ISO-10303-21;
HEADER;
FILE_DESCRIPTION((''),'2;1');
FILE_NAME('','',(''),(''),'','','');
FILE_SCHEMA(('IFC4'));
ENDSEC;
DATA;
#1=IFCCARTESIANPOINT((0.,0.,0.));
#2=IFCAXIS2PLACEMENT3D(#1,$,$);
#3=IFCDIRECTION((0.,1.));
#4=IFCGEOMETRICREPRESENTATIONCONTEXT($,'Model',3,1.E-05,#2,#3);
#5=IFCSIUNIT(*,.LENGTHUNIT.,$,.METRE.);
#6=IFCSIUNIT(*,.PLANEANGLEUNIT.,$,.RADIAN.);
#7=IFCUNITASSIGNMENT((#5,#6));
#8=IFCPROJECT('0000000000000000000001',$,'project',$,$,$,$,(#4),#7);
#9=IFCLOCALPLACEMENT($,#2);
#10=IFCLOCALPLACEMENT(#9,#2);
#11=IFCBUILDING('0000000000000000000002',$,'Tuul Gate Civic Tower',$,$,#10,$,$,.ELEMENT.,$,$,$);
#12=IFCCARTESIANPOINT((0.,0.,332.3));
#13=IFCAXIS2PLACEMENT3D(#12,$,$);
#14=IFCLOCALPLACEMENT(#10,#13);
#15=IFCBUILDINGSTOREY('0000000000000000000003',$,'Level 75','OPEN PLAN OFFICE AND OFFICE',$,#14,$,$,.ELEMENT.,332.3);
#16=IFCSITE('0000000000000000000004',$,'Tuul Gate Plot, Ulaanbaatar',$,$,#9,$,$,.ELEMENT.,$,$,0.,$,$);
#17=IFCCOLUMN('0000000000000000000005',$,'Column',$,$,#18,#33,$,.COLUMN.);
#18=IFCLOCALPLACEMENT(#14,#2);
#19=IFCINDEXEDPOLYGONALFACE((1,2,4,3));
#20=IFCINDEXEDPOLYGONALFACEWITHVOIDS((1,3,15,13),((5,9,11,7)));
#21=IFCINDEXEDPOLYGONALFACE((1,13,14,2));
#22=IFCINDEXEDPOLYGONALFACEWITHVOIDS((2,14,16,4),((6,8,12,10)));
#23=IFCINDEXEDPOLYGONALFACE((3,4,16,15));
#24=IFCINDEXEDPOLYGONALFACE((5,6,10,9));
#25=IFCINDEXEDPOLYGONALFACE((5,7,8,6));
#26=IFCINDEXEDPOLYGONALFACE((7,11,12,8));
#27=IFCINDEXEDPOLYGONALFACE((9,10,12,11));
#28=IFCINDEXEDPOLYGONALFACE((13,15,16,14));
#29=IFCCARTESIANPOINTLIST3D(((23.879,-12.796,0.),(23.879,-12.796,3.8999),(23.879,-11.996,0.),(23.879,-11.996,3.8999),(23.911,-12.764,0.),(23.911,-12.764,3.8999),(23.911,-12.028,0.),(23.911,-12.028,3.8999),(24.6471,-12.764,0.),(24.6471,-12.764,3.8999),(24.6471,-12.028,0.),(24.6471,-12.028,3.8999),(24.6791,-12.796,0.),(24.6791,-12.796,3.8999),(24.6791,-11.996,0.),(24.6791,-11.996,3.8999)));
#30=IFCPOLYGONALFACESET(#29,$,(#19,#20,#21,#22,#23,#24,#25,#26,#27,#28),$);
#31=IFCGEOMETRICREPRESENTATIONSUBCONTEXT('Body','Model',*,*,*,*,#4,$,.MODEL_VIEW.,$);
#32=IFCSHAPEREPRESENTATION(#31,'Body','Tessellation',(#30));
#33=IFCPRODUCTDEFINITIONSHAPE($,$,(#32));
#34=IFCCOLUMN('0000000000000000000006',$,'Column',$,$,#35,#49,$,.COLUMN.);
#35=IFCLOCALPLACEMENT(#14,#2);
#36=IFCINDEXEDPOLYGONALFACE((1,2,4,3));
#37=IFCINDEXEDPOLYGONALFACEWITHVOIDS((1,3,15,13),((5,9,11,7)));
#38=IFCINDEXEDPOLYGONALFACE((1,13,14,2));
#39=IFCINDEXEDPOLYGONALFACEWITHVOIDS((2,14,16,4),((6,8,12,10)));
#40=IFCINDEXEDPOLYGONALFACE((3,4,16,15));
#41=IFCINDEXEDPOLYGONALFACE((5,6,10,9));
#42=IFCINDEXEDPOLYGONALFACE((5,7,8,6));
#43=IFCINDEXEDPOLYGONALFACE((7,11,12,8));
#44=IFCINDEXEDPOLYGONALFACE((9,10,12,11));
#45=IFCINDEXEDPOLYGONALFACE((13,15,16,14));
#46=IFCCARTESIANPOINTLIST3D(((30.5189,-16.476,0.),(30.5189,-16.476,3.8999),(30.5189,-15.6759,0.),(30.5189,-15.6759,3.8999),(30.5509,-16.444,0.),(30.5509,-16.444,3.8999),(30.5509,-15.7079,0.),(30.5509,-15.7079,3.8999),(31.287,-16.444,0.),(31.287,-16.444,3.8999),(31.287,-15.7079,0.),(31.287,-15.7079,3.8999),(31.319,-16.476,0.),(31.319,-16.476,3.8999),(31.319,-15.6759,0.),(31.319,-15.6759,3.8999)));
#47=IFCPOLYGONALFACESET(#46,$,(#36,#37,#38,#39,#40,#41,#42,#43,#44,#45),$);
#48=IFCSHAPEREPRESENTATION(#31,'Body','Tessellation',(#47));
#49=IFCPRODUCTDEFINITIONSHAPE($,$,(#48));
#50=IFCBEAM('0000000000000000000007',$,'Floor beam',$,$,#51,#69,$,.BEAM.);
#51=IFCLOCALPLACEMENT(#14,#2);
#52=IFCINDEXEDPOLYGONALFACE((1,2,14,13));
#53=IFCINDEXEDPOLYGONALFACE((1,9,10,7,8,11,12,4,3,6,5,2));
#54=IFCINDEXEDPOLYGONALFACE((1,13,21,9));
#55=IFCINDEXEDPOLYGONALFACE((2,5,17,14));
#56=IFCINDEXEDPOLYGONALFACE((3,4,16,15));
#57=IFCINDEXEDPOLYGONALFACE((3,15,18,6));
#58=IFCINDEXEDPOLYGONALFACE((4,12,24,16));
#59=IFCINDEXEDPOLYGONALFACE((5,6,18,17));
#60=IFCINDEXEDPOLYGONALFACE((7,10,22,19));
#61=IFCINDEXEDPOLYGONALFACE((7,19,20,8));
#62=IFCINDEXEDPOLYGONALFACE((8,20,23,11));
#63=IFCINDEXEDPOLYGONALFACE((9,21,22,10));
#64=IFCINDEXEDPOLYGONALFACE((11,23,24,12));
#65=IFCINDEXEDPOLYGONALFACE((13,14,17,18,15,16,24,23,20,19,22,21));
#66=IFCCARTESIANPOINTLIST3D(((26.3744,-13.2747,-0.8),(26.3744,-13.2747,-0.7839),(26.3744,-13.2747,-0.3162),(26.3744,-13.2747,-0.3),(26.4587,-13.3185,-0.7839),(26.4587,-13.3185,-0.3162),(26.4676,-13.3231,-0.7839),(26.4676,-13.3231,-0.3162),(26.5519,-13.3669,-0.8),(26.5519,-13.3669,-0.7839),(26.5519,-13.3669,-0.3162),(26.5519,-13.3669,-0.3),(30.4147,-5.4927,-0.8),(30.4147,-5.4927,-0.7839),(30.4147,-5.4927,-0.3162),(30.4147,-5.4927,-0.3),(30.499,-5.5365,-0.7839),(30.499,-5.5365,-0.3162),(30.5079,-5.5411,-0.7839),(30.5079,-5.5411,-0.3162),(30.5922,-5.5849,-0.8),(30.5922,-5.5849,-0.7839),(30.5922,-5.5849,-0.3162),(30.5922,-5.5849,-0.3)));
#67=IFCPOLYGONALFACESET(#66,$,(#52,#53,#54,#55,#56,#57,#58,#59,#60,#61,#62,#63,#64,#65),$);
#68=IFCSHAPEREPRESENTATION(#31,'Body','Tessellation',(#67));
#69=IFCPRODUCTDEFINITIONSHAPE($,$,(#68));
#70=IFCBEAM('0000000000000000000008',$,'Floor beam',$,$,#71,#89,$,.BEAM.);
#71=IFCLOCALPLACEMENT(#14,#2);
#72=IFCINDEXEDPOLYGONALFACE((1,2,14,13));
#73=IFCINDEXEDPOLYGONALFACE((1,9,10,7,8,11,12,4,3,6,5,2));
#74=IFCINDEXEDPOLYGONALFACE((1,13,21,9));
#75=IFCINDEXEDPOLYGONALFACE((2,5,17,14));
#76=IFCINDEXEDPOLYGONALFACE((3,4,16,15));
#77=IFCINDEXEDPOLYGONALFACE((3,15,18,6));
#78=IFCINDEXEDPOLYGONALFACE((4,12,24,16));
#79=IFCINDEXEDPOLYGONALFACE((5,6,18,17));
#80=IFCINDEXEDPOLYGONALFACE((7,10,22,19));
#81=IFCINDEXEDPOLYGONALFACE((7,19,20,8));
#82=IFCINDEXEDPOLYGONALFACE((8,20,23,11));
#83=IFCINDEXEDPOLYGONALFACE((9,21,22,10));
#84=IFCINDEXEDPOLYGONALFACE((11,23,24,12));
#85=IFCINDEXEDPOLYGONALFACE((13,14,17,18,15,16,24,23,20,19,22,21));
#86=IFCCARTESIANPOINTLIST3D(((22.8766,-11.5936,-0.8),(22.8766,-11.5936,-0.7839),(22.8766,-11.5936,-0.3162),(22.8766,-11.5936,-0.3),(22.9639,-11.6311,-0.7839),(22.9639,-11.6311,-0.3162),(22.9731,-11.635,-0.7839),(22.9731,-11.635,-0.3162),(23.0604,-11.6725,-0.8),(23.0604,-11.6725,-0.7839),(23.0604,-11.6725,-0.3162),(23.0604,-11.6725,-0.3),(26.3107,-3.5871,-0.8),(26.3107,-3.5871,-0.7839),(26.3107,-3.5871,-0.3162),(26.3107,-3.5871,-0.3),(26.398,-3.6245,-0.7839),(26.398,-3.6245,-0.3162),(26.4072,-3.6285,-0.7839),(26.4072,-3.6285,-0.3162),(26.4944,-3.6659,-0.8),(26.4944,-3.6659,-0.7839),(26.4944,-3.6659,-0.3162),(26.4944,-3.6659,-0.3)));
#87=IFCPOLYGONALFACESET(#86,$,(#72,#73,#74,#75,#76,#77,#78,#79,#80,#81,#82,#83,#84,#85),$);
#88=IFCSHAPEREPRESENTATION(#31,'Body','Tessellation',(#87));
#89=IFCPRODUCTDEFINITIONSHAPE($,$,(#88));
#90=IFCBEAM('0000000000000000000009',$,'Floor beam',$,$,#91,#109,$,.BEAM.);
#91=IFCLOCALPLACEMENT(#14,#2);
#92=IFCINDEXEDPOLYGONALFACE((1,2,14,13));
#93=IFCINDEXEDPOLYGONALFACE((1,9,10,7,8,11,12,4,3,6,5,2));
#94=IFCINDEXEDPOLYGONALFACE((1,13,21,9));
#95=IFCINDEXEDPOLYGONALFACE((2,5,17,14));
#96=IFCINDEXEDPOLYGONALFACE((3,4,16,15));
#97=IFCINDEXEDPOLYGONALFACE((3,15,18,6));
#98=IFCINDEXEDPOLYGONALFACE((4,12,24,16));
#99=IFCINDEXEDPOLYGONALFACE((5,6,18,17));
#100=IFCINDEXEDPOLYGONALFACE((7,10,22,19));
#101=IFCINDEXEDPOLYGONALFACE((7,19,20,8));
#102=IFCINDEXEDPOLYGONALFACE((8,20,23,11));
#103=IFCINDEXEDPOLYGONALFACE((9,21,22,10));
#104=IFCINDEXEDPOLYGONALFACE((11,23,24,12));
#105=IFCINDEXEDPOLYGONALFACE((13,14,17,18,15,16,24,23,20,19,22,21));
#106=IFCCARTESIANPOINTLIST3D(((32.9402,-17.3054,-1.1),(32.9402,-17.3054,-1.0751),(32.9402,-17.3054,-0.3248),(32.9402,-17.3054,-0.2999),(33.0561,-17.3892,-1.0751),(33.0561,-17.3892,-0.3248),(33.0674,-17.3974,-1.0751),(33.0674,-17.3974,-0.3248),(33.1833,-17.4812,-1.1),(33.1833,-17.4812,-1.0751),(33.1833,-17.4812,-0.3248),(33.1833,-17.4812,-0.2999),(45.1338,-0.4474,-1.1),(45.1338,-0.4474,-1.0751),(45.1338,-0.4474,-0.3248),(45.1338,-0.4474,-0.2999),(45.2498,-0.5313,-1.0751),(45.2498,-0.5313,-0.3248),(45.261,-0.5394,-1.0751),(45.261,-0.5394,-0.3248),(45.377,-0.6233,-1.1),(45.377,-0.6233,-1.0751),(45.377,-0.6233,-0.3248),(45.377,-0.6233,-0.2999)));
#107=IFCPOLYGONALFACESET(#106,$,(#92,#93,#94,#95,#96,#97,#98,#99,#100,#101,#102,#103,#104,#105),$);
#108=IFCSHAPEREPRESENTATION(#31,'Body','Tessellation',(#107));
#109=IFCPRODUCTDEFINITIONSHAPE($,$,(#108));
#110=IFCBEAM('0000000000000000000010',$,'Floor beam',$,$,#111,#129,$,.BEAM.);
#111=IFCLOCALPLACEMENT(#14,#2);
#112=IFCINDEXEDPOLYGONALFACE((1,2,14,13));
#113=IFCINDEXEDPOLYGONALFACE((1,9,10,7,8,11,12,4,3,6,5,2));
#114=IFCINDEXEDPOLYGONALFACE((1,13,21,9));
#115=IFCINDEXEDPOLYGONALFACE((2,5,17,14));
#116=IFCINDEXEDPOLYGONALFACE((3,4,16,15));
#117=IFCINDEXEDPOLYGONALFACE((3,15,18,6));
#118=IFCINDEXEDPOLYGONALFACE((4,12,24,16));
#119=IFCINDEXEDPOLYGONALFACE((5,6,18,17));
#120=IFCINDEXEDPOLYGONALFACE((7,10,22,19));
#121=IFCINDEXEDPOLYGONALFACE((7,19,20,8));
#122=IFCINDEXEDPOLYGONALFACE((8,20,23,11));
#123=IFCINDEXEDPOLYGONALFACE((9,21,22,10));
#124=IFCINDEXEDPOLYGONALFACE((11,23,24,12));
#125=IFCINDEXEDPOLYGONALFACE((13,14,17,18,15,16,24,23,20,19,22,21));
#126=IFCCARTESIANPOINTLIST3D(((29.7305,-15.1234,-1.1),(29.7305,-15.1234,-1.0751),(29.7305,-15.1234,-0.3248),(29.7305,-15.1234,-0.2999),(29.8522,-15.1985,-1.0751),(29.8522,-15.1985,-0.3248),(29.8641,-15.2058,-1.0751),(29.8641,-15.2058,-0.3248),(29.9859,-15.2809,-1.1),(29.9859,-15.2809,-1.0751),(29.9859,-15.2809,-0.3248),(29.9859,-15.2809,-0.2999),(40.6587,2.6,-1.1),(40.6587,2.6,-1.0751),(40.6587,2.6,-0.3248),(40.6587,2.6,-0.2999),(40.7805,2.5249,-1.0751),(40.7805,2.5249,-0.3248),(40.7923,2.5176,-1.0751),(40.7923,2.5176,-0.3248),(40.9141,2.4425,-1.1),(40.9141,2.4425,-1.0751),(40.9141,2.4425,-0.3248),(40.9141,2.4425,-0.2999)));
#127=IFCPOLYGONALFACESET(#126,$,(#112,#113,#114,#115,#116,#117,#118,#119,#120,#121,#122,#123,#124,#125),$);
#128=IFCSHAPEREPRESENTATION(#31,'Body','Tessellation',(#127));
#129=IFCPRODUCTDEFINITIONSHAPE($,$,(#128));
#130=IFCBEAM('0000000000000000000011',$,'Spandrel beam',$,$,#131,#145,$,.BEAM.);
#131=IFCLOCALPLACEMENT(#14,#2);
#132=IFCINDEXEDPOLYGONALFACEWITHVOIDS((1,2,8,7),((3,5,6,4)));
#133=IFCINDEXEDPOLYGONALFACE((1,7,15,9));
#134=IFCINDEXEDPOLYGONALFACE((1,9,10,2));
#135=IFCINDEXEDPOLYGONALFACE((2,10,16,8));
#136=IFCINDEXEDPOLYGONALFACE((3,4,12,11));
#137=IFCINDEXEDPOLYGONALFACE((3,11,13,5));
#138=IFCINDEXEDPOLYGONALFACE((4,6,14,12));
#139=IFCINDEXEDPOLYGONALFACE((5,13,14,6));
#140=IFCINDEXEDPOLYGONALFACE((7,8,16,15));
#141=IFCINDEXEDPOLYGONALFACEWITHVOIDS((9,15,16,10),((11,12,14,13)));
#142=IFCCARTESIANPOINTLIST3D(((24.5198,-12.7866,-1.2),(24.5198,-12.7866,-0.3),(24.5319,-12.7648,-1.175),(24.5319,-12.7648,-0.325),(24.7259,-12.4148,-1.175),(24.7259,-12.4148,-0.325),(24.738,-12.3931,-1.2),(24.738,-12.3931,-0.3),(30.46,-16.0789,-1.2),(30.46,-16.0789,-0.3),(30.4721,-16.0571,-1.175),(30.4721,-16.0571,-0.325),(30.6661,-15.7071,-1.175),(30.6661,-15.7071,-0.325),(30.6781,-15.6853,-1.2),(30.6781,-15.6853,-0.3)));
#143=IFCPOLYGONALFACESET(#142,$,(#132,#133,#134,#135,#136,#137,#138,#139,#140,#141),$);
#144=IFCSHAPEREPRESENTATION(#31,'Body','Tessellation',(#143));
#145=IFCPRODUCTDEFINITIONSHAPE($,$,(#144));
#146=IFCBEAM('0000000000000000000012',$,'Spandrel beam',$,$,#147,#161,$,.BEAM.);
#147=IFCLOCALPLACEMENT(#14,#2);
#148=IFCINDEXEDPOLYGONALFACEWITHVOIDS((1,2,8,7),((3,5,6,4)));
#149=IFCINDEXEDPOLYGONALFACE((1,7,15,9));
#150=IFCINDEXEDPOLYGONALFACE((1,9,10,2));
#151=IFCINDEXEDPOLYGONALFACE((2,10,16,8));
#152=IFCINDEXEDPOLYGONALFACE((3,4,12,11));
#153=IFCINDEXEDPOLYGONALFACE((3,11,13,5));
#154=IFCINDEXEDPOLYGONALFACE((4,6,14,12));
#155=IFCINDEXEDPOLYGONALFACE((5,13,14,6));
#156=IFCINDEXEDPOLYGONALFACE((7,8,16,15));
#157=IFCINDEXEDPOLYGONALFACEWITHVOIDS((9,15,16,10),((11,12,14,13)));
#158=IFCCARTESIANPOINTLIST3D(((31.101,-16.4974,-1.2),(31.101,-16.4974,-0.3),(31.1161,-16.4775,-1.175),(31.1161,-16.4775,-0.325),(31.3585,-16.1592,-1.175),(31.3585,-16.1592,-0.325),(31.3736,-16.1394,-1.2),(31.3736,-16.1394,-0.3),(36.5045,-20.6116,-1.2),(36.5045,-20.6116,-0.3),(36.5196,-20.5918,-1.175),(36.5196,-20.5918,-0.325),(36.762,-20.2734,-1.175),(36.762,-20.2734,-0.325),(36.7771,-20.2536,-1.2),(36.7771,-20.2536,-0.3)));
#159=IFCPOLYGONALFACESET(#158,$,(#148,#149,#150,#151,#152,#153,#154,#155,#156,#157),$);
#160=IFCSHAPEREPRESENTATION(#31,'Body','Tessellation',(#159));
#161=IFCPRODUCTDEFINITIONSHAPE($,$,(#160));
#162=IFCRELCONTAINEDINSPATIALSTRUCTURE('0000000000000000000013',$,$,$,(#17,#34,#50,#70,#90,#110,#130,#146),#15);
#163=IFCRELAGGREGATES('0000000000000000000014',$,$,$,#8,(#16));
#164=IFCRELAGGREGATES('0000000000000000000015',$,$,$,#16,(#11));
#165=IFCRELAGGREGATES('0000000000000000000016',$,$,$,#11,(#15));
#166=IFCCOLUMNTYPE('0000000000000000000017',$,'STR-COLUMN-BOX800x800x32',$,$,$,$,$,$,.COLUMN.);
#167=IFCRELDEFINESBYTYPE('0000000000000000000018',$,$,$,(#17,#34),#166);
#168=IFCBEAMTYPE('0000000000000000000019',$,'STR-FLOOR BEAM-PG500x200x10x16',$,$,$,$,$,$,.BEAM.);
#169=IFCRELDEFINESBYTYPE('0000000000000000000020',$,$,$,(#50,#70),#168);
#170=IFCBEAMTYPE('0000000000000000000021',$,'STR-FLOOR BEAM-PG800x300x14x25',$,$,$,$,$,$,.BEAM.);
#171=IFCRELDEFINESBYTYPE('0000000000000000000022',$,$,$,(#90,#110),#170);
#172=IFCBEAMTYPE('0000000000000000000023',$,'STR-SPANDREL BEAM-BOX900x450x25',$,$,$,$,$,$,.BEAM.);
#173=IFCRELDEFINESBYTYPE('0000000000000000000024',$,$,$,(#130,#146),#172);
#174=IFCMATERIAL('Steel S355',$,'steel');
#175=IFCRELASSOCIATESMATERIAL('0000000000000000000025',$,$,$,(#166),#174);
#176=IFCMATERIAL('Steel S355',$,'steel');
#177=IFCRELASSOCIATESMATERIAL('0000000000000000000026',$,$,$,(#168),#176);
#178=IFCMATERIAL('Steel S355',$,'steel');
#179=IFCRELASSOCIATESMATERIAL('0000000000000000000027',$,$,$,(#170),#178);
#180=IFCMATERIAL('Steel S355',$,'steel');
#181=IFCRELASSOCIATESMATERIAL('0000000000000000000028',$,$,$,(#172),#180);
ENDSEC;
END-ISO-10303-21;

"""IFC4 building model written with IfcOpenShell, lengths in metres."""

from ifc_helpers import new_model, si_unit, direction, frame, origin, origin_2d, place, context, subcontext, project, spatial, hollow_rectangle, i_section, extrude, material, material_profile, profile_set, type_object, element, save


model = new_model("IFC4")

# Units and contexts
model_context = context("Model", 3, precision=1e-05, world=origin(), true_north=direction((0.0, 1.0)))
body_context = subcontext(model_context, "Body", "Model", "MODEL_VIEW")
ifc_project = project(units=[si_unit("LENGTHUNIT", "METRE"), si_unit("PLANEANGLEUNIT", "RADIAN")], contexts=[model_context])

# Site, building, storey
site_placement = place(None, origin())
site = spatial("IfcSite", under=ifc_project, at=site_placement, Name="Tuul Gate Plot, Ulaanbaatar", CompositionType="ELEMENT", RefElevation=0.0)
building_placement = place(site_placement, origin())
building = spatial("IfcBuilding", under=site, at=building_placement, Name="Tuul Gate Civic Tower", CompositionType="ELEMENT")
storey_placement = place(building_placement, frame((0.0, 0.0, 332.3)))
storey = spatial("IfcBuildingStorey", under=building, at=storey_placement, Name="Level 75", Description="OPEN PLAN OFFICE AND OFFICE", CompositionType="ELEMENT", Elevation=332.3)

# Columns
ifc_material_1 = material(Name="Steel S355", Category="steel")
ifc_material_profile_1 = material_profile(ifc_material_1, hollow_rectangle(XDim=0.8, YDim=0.8, WallThickness=0.032, at=origin_2d()), Name="BOX800x800x32")
ifc_profile_set_1 = profile_set([ifc_material_profile_1], Name="Steel S355")
column_type = type_object("IfcColumnType", Name="STR-COLUMN-BOX800x800x32", PredefinedType="COLUMN", material=ifc_profile_set_1)
for number, where, z_axis, x_axis, name in (
    (1, (24.2791, -12.396, 0.0), (0.0, 0.0, 1.0), (1.0, 0.0, 0.0), "Column"),
    (2, (30.9189, -16.0759, 0.0), (0.0, 0.0, 1.0), (1.0, 0.0, 0.0), "Column"),
):
    element("IfcColumn", number, at=place(storey_placement, frame(where, z_axis=z_axis, x_axis=x_axis)), inside=storey, type_object=column_type, Name=name, PredefinedType="COLUMN", context=body_context, shape_type="SweptSolid", body=[
        extrude(hollow_rectangle(XDim=0.8, YDim=0.8, WallThickness=0.032, at=origin_2d()), origin(), (0.0, 0.0, 1.0), 3.8999),
    ])

# Beams
ifc_material_2 = material(Name="Steel S355", Category="steel")
ifc_material_profile_2 = material_profile(ifc_material_2, i_section(OverallWidth=0.2, OverallDepth=0.5, WebThickness=0.01, FlangeThickness=0.0161, at=origin_2d()), Name="PG500x200x10x16")
ifc_profile_set_2 = profile_set([ifc_material_profile_2], Name="Steel S355")
beam_type_1 = type_object("IfcBeamType", Name="STR-FLOOR BEAM-PG500x200x10x16", PredefinedType="BEAM", material=ifc_profile_set_2)
beam_1_placement = place(storey_placement, frame((26.4631, -13.3208, -0.55), z_axis=(0.460783, 0.887513, 0.0), x_axis=(-0.887513, 0.460783, 0.0)))
element("IfcBeam", 3, at=beam_1_placement, inside=storey, type_object=beam_type_1, Name="Floor beam", PredefinedType="BEAM", context=body_context, shape_type="SweptSolid", body=[
    extrude(i_section(OverallWidth=0.2, OverallDepth=0.5, WebThickness=0.01, FlangeThickness=0.0161, at=origin_2d()), origin(), (0.0, 0.0, 1.0), 8.7683),
])
beam_2_placement = place(storey_placement, frame((22.9685, -11.6331, -0.55), z_axis=(0.39418, 0.919033, 0.0), x_axis=(-0.919033, 0.39418, 0.0)))
element("IfcBeam", 4, at=beam_2_placement, inside=storey, type_object=beam_type_1, Name="Floor beam", PredefinedType="BEAM", context=body_context, shape_type="SweptSolid", body=[
    extrude(i_section(OverallWidth=0.2, OverallDepth=0.5, WebThickness=0.01, FlangeThickness=0.0161, at=origin_2d()), origin(), (0.0, 0.0, 1.0), 8.7119),
])
ifc_material_3 = material(Name="Steel S355", Category="steel")
ifc_material_profile_3 = material_profile(ifc_material_3, i_section(OverallWidth=0.3, OverallDepth=0.8, WebThickness=0.0139, FlangeThickness=0.0249, at=origin_2d()), Name="PG800x300x14x25")
ifc_profile_set_3 = profile_set([ifc_material_profile_3], Name="Steel S355")
beam_type_2 = type_object("IfcBeamType", Name="STR-FLOOR BEAM-PG800x300x14x25", PredefinedType="BEAM", material=ifc_profile_set_3)
beam_3_placement = place(storey_placement, frame((33.0618, -17.3933, -0.7), z_axis=(0.586073, 0.810258, 0.0), x_axis=(-0.810258, 0.586073, 0.0)))
element("IfcBeam", 5, at=beam_3_placement, inside=storey, type_object=beam_type_2, Name="Floor beam", PredefinedType="BEAM", context=body_context, shape_type="SweptSolid", body=[
    extrude(i_section(OverallWidth=0.3, OverallDepth=0.8, WebThickness=0.0139, FlangeThickness=0.0249, at=origin_2d()), origin(), (0.0, 0.0, 1.0), 20.8057),
])
beam_4_placement = place(storey_placement, frame((29.8582, -15.2021, -0.7), z_axis=(0.524847, 0.851197, 0.0), x_axis=(-0.851197, 0.524847, 0.0)))
element("IfcBeam", 6, at=beam_4_placement, inside=storey, type_object=beam_type_2, Name="Floor beam", PredefinedType="BEAM", context=body_context, shape_type="SweptSolid", body=[
    extrude(i_section(OverallWidth=0.3, OverallDepth=0.8, WebThickness=0.0139, FlangeThickness=0.0249, at=origin_2d()), origin(), (0.0, 0.0, 1.0), 20.8218),
])
ifc_material_4 = material(Name="Steel S355", Category="steel")
ifc_material_profile_4 = material_profile(ifc_material_4, hollow_rectangle(XDim=0.45, YDim=0.8999, WallThickness=0.0249, at=origin_2d()), Name="BOX900x450x25")
ifc_profile_set_4 = profile_set([ifc_material_profile_4], Name="Steel S355")
beam_type_3 = type_object("IfcBeamType", Name="STR-SPANDREL BEAM-BOX900x450x25", PredefinedType="BEAM", material=ifc_profile_set_4)
for number, where, z_axis, x_axis, name in (
    (7, (24.6289, -12.5898, -0.75), (0.874649, -0.484758, 0.0), (0.484758, 0.874649, 0.0), "Spandrel beam"),
    (8, (31.2373, -16.3184, -0.75), (0.795626, -0.605788, 0.0), (0.605788, 0.795626, 0.0), "Spandrel beam"),
):
    element("IfcBeam", number, at=place(storey_placement, frame(where, z_axis=z_axis, x_axis=x_axis)), inside=storey, type_object=beam_type_3, Name=name, PredefinedType="BEAM", context=body_context, shape_type="SweptSolid", body=[
        extrude(hollow_rectangle(XDim=0.45, YDim=0.8999, WallThickness=0.0249, at=origin_2d()), origin(), (0.0, 0.0, 1.0), 6.7915),
    ])

save(model, "model.ifc")
